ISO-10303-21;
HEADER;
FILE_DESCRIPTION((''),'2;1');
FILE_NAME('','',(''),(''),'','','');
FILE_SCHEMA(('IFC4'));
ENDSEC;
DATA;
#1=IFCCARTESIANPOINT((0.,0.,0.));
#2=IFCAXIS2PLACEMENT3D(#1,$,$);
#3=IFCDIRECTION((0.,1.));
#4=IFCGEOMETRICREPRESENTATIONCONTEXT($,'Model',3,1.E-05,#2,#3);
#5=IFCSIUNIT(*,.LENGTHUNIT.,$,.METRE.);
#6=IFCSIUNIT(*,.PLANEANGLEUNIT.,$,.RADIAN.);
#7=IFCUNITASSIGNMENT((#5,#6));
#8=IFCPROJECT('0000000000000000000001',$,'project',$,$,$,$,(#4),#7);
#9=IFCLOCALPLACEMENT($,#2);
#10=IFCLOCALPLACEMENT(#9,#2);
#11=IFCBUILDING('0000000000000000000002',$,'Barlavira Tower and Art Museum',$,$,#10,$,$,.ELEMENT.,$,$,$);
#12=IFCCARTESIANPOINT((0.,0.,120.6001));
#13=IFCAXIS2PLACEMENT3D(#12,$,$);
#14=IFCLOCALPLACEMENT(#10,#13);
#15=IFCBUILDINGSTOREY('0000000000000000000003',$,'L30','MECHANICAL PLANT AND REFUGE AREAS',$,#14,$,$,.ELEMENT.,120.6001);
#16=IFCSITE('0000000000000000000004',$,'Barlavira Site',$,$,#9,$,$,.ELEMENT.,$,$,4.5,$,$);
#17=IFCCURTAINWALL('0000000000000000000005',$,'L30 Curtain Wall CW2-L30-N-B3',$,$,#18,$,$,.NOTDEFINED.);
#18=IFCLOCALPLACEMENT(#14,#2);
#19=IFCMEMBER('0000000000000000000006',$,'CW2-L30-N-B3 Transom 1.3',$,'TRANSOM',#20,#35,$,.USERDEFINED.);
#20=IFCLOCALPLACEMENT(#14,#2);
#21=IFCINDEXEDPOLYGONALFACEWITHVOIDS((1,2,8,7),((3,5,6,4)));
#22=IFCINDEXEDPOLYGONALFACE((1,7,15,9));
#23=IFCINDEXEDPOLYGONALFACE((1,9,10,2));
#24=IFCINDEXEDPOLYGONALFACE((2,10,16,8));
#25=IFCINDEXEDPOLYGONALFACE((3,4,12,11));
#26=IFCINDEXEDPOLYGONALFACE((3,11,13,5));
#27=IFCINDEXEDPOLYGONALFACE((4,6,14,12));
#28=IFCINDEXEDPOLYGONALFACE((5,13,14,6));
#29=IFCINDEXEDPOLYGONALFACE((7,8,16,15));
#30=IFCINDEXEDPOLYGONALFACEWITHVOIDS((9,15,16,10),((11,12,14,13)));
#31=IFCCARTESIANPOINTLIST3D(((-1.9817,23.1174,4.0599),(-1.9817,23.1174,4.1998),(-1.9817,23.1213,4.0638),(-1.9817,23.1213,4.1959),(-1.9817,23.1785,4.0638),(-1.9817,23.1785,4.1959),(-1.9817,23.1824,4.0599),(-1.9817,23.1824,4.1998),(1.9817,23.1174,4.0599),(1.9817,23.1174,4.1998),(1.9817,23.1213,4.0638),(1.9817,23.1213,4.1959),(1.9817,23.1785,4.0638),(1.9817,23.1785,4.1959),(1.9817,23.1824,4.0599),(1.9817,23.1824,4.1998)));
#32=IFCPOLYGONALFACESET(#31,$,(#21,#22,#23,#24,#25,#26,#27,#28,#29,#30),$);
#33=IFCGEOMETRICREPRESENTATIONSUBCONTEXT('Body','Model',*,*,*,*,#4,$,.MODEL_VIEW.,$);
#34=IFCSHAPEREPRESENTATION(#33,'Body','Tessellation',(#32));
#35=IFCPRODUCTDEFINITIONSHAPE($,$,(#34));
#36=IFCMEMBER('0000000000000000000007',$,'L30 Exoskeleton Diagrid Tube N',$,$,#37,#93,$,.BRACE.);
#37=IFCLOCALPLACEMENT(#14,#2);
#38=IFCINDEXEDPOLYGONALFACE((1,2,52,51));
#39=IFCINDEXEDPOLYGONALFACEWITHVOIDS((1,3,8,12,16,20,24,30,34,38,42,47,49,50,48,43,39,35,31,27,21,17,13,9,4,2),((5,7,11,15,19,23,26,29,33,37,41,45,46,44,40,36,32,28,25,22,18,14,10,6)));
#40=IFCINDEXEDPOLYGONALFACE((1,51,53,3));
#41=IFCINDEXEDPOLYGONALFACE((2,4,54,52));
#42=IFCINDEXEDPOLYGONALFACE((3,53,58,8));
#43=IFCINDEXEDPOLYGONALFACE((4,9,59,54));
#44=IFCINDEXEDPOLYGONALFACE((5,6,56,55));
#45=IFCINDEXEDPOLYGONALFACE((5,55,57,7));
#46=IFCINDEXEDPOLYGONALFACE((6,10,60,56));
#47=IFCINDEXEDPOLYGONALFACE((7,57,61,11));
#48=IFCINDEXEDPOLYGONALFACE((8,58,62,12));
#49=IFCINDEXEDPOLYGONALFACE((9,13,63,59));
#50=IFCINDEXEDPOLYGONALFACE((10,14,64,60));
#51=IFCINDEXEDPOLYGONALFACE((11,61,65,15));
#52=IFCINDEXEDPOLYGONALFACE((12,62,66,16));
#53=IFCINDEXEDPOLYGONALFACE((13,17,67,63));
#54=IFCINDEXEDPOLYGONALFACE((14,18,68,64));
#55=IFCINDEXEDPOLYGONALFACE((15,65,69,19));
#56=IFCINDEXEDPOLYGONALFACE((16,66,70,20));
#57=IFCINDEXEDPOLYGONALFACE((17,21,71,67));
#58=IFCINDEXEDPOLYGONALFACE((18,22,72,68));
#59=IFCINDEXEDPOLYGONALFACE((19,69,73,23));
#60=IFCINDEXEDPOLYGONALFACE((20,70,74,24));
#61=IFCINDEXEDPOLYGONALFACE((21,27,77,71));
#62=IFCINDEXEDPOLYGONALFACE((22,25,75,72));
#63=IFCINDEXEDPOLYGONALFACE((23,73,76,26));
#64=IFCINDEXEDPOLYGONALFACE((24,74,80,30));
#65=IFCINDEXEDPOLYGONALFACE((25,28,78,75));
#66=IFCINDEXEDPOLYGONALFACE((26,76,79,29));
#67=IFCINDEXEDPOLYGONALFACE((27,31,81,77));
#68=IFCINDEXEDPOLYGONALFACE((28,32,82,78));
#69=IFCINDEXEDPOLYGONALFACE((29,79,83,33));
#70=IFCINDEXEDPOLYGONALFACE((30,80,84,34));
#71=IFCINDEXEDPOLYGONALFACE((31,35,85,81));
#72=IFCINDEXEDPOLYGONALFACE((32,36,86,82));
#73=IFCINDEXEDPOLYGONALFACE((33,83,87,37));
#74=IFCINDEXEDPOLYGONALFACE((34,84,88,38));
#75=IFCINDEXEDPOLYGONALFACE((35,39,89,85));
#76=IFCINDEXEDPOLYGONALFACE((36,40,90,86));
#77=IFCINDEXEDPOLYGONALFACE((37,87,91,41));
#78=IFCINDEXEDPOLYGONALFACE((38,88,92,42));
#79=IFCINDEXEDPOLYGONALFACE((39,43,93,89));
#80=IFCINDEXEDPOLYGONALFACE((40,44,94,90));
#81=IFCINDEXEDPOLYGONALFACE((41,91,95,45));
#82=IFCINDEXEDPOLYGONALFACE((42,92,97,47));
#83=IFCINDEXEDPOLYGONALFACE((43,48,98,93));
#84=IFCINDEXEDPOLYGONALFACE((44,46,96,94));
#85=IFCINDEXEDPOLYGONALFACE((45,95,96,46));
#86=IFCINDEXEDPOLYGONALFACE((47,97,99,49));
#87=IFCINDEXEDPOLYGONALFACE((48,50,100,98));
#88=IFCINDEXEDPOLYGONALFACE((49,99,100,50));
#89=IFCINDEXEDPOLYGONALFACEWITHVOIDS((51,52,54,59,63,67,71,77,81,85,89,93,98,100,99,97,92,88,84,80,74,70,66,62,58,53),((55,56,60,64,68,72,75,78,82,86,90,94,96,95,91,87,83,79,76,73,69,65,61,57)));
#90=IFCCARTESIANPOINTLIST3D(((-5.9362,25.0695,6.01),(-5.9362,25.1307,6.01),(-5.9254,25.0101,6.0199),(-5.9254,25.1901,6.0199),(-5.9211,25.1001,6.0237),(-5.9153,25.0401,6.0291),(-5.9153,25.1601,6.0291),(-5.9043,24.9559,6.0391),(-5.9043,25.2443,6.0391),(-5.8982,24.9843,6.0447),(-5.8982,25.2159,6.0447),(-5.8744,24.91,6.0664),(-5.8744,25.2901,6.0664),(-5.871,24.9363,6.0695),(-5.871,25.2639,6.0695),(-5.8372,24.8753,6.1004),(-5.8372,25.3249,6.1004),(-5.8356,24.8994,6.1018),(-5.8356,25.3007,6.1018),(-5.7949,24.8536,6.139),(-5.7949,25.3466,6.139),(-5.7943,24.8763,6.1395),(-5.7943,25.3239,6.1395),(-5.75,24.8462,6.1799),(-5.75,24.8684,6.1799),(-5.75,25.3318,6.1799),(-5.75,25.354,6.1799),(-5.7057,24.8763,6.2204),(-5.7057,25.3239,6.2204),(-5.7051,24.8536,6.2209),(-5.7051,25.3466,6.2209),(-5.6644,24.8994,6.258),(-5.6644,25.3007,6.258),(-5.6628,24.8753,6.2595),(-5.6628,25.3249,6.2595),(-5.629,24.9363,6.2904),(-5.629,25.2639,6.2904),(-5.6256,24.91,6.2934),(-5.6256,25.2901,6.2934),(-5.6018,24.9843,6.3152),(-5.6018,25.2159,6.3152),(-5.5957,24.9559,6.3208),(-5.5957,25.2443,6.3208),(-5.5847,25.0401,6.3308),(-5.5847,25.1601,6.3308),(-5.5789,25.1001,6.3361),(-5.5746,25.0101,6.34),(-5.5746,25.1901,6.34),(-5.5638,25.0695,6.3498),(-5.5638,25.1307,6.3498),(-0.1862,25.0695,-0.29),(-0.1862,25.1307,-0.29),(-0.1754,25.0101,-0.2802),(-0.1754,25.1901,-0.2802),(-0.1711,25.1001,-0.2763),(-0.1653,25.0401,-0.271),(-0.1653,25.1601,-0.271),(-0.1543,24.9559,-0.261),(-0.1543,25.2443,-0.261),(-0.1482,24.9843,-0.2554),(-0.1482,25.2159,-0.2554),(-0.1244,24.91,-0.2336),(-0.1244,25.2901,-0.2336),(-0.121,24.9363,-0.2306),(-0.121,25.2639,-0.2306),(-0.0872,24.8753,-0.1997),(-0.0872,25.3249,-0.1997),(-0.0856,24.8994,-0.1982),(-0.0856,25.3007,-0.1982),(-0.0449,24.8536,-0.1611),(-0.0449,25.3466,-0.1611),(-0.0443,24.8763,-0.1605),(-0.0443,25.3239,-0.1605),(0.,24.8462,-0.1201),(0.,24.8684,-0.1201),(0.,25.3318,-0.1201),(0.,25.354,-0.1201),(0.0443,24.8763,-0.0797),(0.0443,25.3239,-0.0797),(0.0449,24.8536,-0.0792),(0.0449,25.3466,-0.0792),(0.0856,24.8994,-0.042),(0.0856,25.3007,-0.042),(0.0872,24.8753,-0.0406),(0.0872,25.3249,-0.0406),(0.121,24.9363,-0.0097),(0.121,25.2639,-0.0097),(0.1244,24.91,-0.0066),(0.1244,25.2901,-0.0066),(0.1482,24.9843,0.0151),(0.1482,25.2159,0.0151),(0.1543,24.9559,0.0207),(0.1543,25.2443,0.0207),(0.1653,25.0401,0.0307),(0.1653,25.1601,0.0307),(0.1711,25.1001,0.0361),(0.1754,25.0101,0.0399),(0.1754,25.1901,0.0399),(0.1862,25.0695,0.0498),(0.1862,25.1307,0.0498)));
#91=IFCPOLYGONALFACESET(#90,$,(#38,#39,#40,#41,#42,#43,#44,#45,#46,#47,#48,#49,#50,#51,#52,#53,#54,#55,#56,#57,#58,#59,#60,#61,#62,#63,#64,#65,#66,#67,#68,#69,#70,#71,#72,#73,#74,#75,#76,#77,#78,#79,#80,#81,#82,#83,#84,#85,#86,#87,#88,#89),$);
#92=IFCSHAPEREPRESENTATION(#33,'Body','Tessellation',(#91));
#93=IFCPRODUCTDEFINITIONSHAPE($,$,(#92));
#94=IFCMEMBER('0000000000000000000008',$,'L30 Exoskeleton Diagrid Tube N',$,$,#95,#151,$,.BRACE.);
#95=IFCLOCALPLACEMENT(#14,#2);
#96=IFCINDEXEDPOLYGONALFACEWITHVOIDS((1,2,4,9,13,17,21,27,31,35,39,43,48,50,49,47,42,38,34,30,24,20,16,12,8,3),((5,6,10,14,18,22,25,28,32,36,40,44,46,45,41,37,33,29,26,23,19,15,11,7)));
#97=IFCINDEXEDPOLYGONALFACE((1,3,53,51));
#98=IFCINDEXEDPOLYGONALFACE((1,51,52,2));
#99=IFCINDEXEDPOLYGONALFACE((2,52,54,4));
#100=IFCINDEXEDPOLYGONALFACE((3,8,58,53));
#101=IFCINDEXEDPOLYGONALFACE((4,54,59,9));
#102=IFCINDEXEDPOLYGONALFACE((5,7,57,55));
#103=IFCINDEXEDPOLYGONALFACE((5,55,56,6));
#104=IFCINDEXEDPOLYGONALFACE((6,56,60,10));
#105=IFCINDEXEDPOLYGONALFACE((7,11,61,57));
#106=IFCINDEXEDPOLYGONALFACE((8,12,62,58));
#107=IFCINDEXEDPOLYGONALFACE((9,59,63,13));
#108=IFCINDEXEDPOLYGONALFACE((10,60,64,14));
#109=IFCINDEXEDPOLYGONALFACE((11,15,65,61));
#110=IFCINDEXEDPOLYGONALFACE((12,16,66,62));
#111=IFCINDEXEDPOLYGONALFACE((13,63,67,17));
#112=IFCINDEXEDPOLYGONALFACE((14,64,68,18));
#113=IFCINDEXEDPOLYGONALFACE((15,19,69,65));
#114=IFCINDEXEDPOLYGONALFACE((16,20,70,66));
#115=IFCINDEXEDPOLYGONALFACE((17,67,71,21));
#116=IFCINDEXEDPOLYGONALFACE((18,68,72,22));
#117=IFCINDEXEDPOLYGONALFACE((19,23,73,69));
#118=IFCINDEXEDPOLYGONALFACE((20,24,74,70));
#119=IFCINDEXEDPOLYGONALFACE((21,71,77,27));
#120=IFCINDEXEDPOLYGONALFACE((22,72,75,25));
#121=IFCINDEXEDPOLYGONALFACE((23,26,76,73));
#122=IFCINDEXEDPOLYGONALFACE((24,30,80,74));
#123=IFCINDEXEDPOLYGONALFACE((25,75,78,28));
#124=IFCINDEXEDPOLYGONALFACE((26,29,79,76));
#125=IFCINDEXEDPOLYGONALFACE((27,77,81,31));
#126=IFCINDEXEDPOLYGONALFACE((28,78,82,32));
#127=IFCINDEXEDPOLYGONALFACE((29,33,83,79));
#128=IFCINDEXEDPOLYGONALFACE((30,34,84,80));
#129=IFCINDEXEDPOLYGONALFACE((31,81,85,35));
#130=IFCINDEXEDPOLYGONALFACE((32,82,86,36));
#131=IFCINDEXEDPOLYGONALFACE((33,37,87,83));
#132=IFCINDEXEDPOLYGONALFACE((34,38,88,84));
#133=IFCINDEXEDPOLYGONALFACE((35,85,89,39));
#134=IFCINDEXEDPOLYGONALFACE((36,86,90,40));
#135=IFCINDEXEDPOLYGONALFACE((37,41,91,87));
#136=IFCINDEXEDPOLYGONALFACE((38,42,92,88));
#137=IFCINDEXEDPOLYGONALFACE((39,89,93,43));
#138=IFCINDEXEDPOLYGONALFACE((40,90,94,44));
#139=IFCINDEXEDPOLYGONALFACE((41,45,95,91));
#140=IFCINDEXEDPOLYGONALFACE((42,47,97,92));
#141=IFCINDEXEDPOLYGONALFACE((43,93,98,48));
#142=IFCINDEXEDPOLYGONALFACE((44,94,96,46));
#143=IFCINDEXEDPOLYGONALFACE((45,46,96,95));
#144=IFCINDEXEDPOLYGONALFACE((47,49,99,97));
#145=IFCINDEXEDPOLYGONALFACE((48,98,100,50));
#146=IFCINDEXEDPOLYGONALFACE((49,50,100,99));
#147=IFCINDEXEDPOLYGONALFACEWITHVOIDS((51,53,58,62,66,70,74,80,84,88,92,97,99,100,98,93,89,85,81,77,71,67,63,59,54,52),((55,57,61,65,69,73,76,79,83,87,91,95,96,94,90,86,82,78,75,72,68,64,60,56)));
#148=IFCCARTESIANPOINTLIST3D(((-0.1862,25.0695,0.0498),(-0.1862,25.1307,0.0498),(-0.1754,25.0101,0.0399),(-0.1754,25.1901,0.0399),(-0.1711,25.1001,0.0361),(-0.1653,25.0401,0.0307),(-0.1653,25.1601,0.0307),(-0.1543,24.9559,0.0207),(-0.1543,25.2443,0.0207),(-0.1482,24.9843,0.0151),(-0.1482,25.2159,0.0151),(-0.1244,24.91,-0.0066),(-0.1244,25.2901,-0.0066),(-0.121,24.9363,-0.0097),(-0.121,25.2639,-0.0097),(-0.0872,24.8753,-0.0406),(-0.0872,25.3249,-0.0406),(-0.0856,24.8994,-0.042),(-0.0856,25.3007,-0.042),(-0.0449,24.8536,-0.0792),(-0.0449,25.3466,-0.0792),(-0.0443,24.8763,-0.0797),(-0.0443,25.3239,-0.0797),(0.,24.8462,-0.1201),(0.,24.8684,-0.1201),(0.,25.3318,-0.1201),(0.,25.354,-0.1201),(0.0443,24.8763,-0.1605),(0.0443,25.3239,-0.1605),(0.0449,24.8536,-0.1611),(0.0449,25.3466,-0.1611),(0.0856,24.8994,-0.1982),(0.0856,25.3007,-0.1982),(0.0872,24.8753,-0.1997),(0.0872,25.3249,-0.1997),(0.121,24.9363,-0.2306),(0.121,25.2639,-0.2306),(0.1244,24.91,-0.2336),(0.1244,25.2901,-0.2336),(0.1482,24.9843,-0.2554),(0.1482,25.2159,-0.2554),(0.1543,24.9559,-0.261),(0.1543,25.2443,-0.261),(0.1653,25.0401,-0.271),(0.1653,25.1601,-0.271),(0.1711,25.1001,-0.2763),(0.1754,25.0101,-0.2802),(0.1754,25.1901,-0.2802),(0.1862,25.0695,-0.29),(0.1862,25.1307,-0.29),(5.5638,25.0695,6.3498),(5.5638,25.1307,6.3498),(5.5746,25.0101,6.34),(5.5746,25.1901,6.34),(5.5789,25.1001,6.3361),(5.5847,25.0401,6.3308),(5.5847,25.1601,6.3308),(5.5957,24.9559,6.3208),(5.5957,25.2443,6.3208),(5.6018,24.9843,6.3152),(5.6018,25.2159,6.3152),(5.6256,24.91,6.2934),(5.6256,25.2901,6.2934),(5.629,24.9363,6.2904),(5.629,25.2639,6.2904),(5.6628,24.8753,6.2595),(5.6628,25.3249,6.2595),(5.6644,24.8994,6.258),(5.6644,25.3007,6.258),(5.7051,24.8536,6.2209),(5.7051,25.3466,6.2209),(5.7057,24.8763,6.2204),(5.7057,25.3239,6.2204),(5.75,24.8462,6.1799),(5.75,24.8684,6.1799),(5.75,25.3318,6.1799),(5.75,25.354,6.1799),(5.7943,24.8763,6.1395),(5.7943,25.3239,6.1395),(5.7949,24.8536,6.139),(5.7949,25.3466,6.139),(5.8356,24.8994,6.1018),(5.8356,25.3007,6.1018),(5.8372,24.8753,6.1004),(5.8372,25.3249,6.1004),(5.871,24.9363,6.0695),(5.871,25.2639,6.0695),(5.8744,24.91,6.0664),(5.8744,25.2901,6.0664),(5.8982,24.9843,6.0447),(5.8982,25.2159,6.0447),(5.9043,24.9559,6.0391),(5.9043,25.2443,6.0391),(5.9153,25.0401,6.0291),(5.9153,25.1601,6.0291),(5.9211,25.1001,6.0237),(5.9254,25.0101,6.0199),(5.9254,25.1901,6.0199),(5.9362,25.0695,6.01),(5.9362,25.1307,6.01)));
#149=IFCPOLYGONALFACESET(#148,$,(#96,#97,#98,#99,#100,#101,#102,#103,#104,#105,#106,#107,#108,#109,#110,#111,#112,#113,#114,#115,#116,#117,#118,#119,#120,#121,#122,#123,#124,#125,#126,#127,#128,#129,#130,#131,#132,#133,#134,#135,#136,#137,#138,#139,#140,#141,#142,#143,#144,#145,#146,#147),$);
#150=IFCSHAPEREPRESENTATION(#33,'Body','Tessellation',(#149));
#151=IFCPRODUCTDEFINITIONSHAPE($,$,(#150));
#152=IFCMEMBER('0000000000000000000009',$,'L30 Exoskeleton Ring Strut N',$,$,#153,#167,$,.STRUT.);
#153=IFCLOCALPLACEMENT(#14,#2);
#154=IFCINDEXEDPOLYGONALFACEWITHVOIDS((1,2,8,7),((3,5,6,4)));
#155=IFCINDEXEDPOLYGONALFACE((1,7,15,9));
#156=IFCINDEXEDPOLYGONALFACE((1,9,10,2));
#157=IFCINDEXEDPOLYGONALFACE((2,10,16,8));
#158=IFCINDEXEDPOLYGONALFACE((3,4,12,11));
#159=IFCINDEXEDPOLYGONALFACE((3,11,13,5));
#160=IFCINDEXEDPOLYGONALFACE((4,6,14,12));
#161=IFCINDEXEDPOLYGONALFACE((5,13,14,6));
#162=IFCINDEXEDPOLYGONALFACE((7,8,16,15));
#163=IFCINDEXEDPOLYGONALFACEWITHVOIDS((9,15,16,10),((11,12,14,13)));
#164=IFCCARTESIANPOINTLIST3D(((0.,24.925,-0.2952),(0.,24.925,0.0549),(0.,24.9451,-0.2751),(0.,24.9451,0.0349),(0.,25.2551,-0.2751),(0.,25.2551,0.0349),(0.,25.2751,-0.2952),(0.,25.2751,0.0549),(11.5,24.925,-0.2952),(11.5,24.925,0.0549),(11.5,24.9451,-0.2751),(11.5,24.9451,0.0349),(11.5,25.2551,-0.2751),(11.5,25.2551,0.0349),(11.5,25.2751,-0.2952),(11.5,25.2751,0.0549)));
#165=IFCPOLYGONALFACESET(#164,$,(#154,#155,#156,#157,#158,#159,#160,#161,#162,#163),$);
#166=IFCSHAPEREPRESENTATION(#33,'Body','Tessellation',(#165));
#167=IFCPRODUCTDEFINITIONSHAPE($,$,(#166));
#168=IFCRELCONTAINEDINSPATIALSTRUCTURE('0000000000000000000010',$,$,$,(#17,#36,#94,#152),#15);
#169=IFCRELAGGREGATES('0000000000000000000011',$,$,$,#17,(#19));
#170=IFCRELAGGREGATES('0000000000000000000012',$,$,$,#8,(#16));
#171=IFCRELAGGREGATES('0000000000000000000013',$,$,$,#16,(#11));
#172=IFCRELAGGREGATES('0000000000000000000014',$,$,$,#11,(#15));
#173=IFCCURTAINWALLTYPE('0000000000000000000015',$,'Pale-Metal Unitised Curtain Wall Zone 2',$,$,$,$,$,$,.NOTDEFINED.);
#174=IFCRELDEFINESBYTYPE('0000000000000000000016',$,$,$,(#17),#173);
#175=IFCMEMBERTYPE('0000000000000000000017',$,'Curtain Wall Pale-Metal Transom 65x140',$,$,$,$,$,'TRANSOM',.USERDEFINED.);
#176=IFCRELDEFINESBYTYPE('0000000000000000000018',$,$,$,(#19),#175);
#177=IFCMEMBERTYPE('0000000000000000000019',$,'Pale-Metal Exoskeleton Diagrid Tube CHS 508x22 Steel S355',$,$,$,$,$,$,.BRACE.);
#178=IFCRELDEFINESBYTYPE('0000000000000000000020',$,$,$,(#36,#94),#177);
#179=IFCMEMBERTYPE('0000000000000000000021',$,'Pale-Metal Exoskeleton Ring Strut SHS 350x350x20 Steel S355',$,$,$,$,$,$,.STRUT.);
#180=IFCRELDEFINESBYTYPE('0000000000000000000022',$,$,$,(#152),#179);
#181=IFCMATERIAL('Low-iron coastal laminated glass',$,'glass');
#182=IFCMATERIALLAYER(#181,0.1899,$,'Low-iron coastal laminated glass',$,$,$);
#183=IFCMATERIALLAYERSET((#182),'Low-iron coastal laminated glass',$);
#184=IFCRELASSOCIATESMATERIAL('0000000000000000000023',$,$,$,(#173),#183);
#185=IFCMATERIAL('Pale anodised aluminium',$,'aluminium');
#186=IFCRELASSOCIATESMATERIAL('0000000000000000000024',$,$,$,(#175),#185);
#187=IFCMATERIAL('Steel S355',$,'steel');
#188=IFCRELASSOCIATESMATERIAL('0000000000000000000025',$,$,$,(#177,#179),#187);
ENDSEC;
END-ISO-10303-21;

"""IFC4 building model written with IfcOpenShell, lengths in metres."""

from ifc_helpers import new_model, si_unit, direction, frame, origin, origin_2d, place, context, subcontext, project, spatial, hollow_rectangle, hollow_circle, extrude, material, layer, layer_set, material_profile, profile_set, type_object, element, aggregate, save


model = new_model("IFC4")

# Units and contexts
model_context = context("Model", 3, precision=1e-05, world=origin(), true_north=direction((0.0, 1.0)))
body_context = subcontext(model_context, "Body", "Model", "MODEL_VIEW")
ifc_project = project(units=[si_unit("LENGTHUNIT", "METRE"), si_unit("PLANEANGLEUNIT", "RADIAN")], contexts=[model_context])

# Site, building, storey
site_placement = place(None, origin())
site = spatial("IfcSite", under=ifc_project, at=site_placement, Name="Barlavira Site", CompositionType="ELEMENT", RefElevation=4.5)
building_placement = place(site_placement, origin())
building = spatial("IfcBuilding", under=site, at=building_placement, Name="Barlavira Tower and Art Museum", CompositionType="ELEMENT")
storey_placement = place(building_placement, frame((0.0, 0.0, 120.6001)))
storey = spatial("IfcBuildingStorey", under=building, at=storey_placement, Name="L30", Description="MECHANICAL PLANT AND REFUGE AREAS", CompositionType="ELEMENT", Elevation=120.6001)

# Shared definitions
ifc_material_1 = material(Name="Steel S355", Category="steel")

# Curtain wall, member
ifc_material_2 = material(Name="Low-iron coastal laminated glass", Category="glass")
ifc_layer_1 = layer(ifc_material_2, 0.1899, Name="Low-iron coastal laminated glass")
ifc_layer_set_1 = layer_set([ifc_layer_1], Name="Low-iron coastal laminated glass")
curtain_wall_type = type_object("IfcCurtainWallType", Name="Pale-Metal Unitised Curtain Wall Zone 2", PredefinedType="NOTDEFINED", material=ifc_layer_set_1)
curtain_wall_placement = place(storey_placement, origin())
curtain_wall = element("IfcCurtainWall", 1, at=curtain_wall_placement, inside=storey, type_object=curtain_wall_type, Name="L30 Curtain Wall CW2-L30-N-B3", PredefinedType="NOTDEFINED")
ifc_material_3 = material(Name="Pale anodised aluminium", Category="aluminium")
ifc_material_profile_1 = material_profile(ifc_material_3, hollow_rectangle(XDim=0.0649, YDim=0.1399, WallThickness=0.0039, at=origin_2d()), Name="ALU-TRAN 65x140x4")
ifc_profile_set_1 = profile_set([ifc_material_profile_1], Name="Pale anodised aluminium")
member_type_1 = type_object("IfcMemberType", Name="Curtain Wall Pale-Metal Transom 65x140", ElementType="TRANSOM", PredefinedType="USERDEFINED", material=ifc_profile_set_1)
member_1_placement = place(storey_placement, frame((1.9817, 23.1499, 4.1299), z_axis=(-1.0, 0.0, 0.0), x_axis=(0.0, -1.0, 0.0)))
member_1 = element("IfcMember", 2, at=member_1_placement, type_object=member_type_1, Name="CW2-L30-N-B3 Transom 1.3", ObjectType="TRANSOM", PredefinedType="USERDEFINED", context=body_context, shape_type="SweptSolid", body=[
    extrude(hollow_rectangle(XDim=0.0649, YDim=0.1399, WallThickness=0.0039, at=origin_2d()), origin(), (0.0, 0.0, 1.0), 3.9634),
])

# Members
ifc_material_profile_2 = material_profile(ifc_material_1, hollow_circle(Radius=0.2539, WallThickness=0.0222, at=origin_2d()), Name="CHS 508.0x22.2")
ifc_profile_set_2 = profile_set([ifc_material_profile_2], Name="Steel S355")
member_type_2 = type_object("IfcMemberType", Name="Pale-Metal Exoskeleton Diagrid Tube CHS 508x22 Steel S355", PredefinedType="BRACE", material=ifc_profile_set_2)
for number, where, z_axis, x_axis, name in (
    (3, (0.0, 25.1001, -0.1201), (-0.674128, 0.0, 0.738615), (0.0, -1.0, 0.0), "L30 Exoskeleton Diagrid Tube N"),
    (4, (0.0, 25.1001, -0.1201), (0.674128, 0.0, 0.738615), (0.0, 1.0, 0.0), "L30 Exoskeleton Diagrid Tube N"),
):
    element("IfcMember", number, at=place(storey_placement, frame(where, z_axis=z_axis, x_axis=x_axis)), inside=storey, type_object=member_type_2, Name=name, PredefinedType="BRACE", context=body_context, shape_type="SweptSolid", body=[
        extrude(hollow_circle(Radius=0.2539, WallThickness=0.0222, at=origin_2d()), origin(), (0.0, 0.0, 1.0), 8.5295),
    ])
ifc_material_profile_3 = material_profile(ifc_material_1, hollow_rectangle(XDim=0.3501, YDim=0.3501, WallThickness=0.02, at=origin_2d()), Name="SHS 350x350x20.0")
ifc_profile_set_3 = profile_set([ifc_material_profile_3], Name="Steel S355")
member_type_3 = type_object("IfcMemberType", Name="Pale-Metal Exoskeleton Ring Strut SHS 350x350x20 Steel S355", PredefinedType="STRUT", material=ifc_profile_set_3)
member_2_placement = place(storey_placement, frame((0.0, 25.1001, -0.1201), z_axis=(1.0, 0.0, 0.0), x_axis=(0.0, 1.0, 0.0)))
element("IfcMember", 5, at=member_2_placement, inside=storey, type_object=member_type_3, Name="L30 Exoskeleton Ring Strut N", PredefinedType="STRUT", context=body_context, shape_type="SweptSolid", body=[
    extrude(hollow_rectangle(XDim=0.3501, YDim=0.3501, WallThickness=0.02, at=origin_2d()), origin(), (0.0, 0.0, 1.0), 11.5),
])

aggregate(curtain_wall, [member_1])

save(model, "model.ifc")
